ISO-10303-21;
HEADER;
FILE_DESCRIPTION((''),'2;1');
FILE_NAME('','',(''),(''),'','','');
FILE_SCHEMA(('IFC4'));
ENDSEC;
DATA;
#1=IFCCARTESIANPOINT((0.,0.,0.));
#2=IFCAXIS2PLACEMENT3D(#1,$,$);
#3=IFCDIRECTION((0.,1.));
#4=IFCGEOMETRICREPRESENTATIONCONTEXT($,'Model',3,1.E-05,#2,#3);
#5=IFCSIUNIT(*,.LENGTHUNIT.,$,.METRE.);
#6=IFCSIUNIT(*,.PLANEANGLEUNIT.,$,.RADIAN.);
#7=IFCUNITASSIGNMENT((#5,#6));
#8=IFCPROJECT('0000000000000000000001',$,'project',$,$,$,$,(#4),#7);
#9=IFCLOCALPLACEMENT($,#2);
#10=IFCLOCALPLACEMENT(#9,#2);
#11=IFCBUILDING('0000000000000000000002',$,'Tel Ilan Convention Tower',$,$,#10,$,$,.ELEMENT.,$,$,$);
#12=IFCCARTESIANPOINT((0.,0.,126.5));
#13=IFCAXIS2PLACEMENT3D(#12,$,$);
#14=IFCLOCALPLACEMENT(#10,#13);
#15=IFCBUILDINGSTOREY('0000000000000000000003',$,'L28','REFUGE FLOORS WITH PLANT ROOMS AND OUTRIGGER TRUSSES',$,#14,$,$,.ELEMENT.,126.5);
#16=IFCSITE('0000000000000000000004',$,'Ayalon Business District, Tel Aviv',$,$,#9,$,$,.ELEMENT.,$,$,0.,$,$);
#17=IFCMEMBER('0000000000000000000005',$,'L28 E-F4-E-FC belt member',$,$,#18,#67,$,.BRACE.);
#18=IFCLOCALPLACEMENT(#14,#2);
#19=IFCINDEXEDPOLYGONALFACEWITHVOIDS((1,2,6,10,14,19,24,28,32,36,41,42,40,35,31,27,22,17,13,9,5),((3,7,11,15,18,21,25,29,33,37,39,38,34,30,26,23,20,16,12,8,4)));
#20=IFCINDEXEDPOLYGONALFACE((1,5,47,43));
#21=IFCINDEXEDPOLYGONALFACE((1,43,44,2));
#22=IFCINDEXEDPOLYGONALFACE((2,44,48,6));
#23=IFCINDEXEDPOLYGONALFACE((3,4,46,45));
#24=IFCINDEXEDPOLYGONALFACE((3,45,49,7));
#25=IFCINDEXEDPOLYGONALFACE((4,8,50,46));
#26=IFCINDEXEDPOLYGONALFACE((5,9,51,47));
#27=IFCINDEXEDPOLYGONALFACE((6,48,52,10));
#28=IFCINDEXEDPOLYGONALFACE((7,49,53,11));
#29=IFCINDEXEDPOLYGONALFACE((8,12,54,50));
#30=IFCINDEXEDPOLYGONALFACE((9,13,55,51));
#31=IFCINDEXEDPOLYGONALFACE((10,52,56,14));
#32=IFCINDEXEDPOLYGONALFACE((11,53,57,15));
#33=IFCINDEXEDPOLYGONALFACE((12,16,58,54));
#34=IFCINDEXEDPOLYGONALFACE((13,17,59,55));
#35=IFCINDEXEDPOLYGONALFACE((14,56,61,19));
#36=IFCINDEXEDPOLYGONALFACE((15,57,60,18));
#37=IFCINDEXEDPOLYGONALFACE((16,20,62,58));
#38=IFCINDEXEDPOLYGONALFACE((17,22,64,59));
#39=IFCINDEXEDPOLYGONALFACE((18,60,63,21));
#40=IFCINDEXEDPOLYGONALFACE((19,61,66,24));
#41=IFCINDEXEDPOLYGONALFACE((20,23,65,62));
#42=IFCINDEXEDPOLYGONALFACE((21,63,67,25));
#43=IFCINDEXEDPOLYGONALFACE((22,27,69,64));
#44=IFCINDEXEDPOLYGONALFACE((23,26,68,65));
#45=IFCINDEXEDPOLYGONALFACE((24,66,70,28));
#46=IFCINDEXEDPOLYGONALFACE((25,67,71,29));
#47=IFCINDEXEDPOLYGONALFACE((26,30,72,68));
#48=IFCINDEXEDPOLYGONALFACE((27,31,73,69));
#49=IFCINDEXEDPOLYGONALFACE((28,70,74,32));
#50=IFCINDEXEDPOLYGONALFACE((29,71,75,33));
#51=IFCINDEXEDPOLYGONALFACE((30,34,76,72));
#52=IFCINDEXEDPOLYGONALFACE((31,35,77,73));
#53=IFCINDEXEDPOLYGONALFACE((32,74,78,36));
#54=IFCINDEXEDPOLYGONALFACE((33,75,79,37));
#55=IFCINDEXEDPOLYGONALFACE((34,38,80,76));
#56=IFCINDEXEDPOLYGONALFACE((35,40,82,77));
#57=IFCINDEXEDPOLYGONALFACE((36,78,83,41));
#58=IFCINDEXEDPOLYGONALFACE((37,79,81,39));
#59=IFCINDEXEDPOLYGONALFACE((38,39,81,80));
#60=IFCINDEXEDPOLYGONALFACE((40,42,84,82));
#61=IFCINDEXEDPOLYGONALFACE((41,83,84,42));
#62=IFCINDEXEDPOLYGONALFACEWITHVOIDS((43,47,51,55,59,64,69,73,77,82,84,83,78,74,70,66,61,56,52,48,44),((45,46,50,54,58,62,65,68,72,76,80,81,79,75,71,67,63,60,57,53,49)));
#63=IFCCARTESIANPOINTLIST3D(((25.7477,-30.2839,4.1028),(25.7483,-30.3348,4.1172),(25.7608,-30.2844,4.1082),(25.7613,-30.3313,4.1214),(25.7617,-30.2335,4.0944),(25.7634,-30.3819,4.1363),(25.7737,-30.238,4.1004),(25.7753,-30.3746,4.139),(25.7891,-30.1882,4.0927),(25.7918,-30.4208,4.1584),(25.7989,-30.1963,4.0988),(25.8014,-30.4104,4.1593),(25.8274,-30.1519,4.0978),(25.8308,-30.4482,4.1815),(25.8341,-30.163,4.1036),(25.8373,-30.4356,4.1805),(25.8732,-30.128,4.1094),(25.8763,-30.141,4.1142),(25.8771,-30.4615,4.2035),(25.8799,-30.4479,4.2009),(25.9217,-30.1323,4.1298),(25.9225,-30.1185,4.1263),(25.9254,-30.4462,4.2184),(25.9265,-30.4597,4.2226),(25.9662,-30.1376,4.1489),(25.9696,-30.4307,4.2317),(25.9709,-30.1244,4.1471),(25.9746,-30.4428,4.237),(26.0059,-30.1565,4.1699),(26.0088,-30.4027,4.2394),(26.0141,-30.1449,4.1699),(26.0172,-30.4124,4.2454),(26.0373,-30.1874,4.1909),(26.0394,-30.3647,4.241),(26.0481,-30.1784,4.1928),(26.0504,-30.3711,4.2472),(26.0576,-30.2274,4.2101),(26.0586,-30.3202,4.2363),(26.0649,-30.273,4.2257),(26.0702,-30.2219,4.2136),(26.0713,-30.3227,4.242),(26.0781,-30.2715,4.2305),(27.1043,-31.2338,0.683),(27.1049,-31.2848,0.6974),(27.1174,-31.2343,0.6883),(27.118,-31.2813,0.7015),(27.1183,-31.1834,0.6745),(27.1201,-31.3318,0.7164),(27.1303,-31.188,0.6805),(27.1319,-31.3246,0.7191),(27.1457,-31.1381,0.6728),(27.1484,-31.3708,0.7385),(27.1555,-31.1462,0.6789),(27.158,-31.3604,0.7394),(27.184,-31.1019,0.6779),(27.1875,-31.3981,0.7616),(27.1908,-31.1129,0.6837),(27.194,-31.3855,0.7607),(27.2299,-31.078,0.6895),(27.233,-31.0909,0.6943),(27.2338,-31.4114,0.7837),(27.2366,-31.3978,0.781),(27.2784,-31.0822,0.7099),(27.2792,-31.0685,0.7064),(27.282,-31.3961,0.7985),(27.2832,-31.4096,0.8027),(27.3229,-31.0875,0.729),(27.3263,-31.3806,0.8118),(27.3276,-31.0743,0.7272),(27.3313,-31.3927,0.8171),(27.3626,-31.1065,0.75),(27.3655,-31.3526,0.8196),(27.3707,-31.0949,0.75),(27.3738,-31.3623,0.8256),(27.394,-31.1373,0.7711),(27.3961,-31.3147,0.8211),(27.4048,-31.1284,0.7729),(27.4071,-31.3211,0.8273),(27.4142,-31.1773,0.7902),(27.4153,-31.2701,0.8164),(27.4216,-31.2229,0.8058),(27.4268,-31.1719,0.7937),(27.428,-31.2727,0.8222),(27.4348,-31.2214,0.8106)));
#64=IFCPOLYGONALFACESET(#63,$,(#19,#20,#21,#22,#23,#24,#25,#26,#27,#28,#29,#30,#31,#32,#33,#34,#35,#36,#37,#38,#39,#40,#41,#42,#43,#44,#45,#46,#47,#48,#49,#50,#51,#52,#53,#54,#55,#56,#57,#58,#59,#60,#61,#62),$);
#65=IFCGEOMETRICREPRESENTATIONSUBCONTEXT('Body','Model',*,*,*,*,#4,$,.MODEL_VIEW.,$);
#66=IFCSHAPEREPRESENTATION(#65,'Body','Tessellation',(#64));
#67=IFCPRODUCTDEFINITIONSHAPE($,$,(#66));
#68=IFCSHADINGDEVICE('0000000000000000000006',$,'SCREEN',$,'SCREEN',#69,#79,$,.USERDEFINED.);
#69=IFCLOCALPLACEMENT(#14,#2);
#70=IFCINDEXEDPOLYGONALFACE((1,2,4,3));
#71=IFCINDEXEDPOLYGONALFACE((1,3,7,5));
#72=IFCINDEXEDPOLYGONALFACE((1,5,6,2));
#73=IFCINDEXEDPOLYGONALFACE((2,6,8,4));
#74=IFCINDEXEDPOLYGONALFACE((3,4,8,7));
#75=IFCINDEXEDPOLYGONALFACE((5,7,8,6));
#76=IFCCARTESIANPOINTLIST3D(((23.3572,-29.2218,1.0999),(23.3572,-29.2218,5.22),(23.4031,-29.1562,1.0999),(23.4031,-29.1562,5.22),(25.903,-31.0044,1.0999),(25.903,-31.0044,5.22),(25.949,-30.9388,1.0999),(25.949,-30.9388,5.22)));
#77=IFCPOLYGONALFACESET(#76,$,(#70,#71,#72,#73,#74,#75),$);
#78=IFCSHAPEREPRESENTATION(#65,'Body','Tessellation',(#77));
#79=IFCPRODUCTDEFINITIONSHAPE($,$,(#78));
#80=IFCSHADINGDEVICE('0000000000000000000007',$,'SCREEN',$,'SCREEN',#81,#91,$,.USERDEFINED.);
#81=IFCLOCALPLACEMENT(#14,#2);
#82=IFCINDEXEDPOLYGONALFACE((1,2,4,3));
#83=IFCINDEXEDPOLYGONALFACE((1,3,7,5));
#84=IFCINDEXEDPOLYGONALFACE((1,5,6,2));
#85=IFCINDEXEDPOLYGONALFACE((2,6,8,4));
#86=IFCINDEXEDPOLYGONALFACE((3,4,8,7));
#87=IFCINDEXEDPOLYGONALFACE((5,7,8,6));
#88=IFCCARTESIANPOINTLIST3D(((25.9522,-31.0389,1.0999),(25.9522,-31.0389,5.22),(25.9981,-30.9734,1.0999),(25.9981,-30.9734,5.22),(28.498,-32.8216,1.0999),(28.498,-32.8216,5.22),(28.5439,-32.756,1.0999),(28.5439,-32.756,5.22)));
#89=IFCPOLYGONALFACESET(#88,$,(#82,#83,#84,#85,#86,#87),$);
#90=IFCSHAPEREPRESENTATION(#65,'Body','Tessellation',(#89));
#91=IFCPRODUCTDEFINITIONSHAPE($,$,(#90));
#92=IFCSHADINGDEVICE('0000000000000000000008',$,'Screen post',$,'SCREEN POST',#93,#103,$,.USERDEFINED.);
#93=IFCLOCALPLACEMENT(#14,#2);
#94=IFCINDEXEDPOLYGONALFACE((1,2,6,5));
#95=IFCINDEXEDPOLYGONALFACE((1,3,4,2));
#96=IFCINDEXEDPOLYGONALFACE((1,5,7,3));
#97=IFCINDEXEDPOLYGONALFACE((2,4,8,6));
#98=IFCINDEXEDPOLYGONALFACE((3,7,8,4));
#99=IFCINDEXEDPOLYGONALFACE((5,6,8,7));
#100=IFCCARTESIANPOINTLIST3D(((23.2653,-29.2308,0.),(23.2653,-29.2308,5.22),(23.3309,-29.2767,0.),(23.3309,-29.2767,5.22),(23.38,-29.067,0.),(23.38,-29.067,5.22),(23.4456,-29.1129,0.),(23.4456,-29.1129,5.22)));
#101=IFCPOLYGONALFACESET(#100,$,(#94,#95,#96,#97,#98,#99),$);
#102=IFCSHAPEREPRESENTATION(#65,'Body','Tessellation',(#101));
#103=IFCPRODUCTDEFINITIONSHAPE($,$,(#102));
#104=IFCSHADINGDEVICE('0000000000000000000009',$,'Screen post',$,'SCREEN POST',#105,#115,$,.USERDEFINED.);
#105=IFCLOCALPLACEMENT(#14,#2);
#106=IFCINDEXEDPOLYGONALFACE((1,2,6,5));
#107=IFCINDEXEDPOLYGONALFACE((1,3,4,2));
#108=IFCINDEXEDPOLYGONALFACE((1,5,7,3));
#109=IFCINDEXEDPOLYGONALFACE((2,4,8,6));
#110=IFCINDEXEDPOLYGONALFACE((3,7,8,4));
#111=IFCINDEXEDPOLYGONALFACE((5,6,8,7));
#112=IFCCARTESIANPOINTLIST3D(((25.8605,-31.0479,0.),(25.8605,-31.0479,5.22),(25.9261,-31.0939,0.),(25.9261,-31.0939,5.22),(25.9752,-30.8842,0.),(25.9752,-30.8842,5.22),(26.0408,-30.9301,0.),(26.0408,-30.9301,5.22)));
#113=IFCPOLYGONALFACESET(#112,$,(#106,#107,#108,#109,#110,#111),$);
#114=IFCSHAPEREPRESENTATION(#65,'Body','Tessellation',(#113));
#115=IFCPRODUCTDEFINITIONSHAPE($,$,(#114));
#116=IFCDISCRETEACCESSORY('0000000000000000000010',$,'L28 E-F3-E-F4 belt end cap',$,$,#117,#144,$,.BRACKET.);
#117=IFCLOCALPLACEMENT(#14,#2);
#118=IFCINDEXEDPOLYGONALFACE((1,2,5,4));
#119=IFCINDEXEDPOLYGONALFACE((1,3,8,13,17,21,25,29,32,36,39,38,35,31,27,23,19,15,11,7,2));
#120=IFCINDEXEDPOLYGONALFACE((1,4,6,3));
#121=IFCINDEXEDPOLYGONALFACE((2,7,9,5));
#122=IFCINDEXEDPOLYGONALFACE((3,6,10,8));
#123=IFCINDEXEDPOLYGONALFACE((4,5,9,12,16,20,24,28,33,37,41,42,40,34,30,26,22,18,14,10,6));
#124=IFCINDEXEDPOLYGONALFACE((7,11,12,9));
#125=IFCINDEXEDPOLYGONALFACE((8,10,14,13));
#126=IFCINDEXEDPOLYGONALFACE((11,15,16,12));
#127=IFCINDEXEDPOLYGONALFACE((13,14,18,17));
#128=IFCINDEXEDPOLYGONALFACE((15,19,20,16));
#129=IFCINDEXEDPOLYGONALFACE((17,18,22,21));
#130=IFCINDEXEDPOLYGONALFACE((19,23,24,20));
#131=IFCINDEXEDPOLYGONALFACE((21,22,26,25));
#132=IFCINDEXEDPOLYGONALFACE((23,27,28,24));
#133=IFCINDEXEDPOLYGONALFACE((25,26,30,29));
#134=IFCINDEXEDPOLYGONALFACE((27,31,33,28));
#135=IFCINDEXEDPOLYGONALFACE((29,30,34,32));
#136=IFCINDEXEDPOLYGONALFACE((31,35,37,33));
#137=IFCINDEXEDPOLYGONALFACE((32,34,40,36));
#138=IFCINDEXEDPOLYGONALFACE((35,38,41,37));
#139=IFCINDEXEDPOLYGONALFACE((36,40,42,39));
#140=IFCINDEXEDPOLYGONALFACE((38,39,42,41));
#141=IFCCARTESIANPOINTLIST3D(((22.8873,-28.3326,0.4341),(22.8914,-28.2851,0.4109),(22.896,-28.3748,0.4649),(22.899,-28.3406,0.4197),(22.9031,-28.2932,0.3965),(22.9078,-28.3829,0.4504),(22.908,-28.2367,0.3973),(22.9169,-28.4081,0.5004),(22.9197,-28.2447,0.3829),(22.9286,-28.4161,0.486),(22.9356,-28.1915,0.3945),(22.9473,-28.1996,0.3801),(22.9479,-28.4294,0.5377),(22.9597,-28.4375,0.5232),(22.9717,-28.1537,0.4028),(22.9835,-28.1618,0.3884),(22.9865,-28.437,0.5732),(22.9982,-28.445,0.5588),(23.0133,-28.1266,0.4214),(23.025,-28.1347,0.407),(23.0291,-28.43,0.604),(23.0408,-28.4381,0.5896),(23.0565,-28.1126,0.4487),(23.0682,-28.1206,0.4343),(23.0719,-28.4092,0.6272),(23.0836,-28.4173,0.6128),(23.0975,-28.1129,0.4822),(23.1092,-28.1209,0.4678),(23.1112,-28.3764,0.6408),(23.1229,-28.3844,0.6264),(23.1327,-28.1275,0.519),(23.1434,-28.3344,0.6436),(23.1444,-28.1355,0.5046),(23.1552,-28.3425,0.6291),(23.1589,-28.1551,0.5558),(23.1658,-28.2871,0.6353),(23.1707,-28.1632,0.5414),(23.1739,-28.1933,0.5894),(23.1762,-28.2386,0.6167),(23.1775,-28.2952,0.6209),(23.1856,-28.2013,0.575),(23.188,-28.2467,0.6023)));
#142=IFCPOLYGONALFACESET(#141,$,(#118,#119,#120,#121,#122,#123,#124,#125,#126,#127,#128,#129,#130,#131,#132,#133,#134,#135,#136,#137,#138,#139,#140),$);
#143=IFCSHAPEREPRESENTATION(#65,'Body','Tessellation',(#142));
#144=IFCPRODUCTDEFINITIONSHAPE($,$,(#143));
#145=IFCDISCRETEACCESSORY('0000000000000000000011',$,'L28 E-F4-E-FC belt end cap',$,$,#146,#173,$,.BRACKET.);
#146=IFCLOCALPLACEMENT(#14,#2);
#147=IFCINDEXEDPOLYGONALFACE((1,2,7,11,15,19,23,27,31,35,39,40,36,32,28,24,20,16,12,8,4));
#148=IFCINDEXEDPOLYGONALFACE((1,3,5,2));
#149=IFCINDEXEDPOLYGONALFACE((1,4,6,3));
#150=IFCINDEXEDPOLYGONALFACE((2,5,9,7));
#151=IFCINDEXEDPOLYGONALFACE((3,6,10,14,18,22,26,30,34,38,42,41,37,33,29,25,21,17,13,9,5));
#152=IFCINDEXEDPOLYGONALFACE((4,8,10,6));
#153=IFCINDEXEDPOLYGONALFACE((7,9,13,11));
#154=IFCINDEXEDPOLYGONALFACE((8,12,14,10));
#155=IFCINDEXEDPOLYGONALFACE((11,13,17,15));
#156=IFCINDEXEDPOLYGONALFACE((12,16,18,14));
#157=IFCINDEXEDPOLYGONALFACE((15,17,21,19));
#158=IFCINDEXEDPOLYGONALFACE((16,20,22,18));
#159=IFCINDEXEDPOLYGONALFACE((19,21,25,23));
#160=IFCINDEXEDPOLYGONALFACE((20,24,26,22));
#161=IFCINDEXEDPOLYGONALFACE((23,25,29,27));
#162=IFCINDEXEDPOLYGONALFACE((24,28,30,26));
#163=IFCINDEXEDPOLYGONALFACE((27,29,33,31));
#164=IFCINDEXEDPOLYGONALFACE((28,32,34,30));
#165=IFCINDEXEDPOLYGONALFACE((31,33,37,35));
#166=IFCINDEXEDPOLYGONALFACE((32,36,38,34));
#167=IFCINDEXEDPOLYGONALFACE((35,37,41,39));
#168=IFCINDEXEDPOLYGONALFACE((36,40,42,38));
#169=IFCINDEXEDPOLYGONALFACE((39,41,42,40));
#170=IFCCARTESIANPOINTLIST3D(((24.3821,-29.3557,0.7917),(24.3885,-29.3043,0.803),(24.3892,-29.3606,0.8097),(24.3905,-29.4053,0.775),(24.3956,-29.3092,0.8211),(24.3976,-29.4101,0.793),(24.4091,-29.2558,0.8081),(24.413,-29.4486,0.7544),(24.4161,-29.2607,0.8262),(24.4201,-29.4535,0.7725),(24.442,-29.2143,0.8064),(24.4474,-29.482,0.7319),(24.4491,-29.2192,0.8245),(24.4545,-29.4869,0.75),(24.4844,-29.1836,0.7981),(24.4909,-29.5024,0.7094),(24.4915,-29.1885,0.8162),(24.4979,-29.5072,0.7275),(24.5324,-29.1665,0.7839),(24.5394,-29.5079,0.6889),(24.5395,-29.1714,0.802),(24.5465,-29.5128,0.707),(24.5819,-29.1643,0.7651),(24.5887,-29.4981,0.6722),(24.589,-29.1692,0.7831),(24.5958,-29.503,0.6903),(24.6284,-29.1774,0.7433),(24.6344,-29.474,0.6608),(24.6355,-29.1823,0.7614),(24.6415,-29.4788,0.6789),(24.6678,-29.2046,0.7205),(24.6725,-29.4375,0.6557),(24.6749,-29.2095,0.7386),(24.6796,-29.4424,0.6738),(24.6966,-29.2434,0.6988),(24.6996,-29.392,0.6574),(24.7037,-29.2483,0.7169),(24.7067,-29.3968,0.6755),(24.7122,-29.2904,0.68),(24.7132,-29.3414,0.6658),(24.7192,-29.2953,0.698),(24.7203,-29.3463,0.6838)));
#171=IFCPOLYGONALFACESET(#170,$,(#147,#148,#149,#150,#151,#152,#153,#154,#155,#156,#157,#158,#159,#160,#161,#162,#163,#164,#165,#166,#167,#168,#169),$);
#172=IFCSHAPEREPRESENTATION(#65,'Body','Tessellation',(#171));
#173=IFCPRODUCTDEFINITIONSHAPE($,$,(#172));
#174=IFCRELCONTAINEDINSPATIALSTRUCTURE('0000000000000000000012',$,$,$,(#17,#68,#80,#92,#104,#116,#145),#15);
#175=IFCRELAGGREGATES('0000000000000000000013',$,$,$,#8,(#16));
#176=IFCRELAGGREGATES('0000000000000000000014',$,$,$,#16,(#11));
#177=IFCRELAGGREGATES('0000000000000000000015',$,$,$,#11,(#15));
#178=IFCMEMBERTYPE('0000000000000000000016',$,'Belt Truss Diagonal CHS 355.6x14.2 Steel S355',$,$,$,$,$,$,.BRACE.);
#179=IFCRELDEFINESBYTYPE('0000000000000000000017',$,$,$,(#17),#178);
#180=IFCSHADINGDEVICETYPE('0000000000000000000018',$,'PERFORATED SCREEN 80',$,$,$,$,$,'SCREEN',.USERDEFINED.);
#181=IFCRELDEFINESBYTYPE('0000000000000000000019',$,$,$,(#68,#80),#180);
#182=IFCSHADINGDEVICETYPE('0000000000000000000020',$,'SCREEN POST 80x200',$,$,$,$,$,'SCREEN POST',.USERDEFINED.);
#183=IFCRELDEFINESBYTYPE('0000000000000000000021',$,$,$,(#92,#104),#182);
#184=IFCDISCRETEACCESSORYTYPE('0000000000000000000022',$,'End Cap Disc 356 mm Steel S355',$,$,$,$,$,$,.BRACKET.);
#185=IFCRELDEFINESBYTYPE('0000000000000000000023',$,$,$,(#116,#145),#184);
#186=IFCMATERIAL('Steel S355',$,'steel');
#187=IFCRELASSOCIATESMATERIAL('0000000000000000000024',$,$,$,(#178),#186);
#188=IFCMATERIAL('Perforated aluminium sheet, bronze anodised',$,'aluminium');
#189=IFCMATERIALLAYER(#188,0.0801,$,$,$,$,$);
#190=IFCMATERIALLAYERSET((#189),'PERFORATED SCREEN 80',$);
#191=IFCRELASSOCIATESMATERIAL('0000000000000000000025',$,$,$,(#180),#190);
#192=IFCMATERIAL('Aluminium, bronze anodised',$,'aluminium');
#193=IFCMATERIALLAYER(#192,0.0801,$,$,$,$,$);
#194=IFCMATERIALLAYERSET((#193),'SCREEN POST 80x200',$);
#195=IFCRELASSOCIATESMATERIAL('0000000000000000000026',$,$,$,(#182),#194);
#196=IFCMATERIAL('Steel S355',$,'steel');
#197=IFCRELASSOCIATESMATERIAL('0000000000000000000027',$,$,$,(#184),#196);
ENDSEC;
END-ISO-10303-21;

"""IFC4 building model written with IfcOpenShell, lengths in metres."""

from ifc_helpers import new_model, si_unit, direction, frame, origin, origin_2d, place, context, subcontext, project, spatial, rectangle, circle, hollow_circle, extrude, material, layer, layer_set, material_profile, profile_set, type_object, element, save


model = new_model("IFC4")

# Units and contexts
model_context = context("Model", 3, precision=1e-05, world=origin(), true_north=direction((0.0, 1.0)))
body_context = subcontext(model_context, "Body", "Model", "MODEL_VIEW")
ifc_project = project(units=[si_unit("LENGTHUNIT", "METRE"), si_unit("PLANEANGLEUNIT", "RADIAN")], contexts=[model_context])

# Site, building, storey
site_placement = place(None, origin())
site = spatial("IfcSite", under=ifc_project, at=site_placement, Name="Ayalon Business District, Tel Aviv", CompositionType="ELEMENT", RefElevation=0.0)
building_placement = place(site_placement, origin())
building = spatial("IfcBuilding", under=site, at=building_placement, Name="Tel Ilan Convention Tower", CompositionType="ELEMENT")
storey_placement = place(building_placement, frame((0.0, 0.0, 126.5)))
storey = spatial("IfcBuildingStorey", under=building, at=storey_placement, Name="L28", Description="REFUGE FLOORS WITH PLANT ROOMS AND OUTRIGGER TRUSSES", CompositionType="ELEMENT", Elevation=126.5)

# Member
ifc_material_1 = material(Name="Steel S355", Category="steel")
ifc_material_profile_1 = material_profile(ifc_material_1, hollow_circle(Radius=0.1777, WallThickness=0.0142, at=origin_2d()), Name="CHS 355.6x14.2")
ifc_profile_set_1 = profile_set([ifc_material_profile_1], Name="Steel S355")
member_type_1 = type_object("IfcMemberType", Name="Belt Truss Diagonal CHS 355.6x14.2 Steel S355", PredefinedType="BRACE", material=ifc_profile_set_1)
for number, where, z_axis, x_axis, name in (
    (1, (25.9121, -30.2905, 4.1699), (0.357037, -0.249997, -0.900014), (0.573571, 0.819156, 0.0), "L28 E-F4-E-FC belt member"),
):
    element("IfcMember", number, at=place(storey_placement, frame(where, z_axis=z_axis, x_axis=x_axis)), inside=storey, type_object=member_type_1, Name=name, PredefinedType="BRACE", context=body_context, shape_type="SweptSolid", body=[
        extrude(hollow_circle(Radius=0.1777, WallThickness=0.0142, at=origin_2d()), origin(), (0.0, 0.0, 1.0), 3.7998),
    ])

# Shading devices
ifc_material_2 = material(Name="Perforated aluminium sheet, bronze anodised", Category="aluminium")
ifc_layer_1 = layer(ifc_material_2, 0.0801)
ifc_layer_set_1 = layer_set([ifc_layer_1], Name="PERFORATED SCREEN 80")
shading_device_type_1 = type_object("IfcShadingDeviceType", Name="PERFORATED SCREEN 80", ElementType="SCREEN", PredefinedType="USERDEFINED", material=ifc_layer_set_1)
for number, where, z_axis, x_axis, name in (
    (2, (24.6531, -30.0803, 1.0999), (0.0, 0.0, 1.0), (0.819152, -0.573576, 0.0), "SCREEN"),
    (3, (27.248, -31.8975, 1.0999), (0.0, 0.0, 1.0), (0.819152, -0.573576, 0.0), "SCREEN"),
):
    element("IfcShadingDevice", number, at=place(storey_placement, frame(where, z_axis=z_axis, x_axis=x_axis)), inside=storey, type_object=shading_device_type_1, Name=name, ObjectType="SCREEN", PredefinedType="USERDEFINED", context=body_context, shape_type="SweptSolid", body=[
        extrude(rectangle(XDim=3.1079, YDim=0.0801, at=origin_2d()), origin(), (0.0, 0.0, 1.0), 4.1201),
    ])
ifc_material_3 = material(Name="Aluminium, bronze anodised", Category="aluminium")
ifc_layer_2 = layer(ifc_material_3, 0.0801)
ifc_layer_set_2 = layer_set([ifc_layer_2], Name="SCREEN POST 80x200")
shading_device_type_2 = type_object("IfcShadingDeviceType", Name="SCREEN POST 80x200", ElementType="SCREEN POST", PredefinedType="USERDEFINED", material=ifc_layer_set_2)
for number, where, z_axis, x_axis, name in (
    (4, (23.3555, -29.1719, 0.0), (0.0, 0.0, 1.0), (0.819152, -0.573576, 0.0), "Screen post"),
    (5, (25.9507, -30.989, 0.0), (0.0, 0.0, 1.0), (0.819152, -0.573576, 0.0), "Screen post"),
):
    element("IfcShadingDevice", number, at=place(storey_placement, frame(where, z_axis=z_axis, x_axis=x_axis)), inside=storey, type_object=shading_device_type_2, Name=name, ObjectType="SCREEN POST", PredefinedType="USERDEFINED", context=body_context, shape_type="SweptSolid", body=[
        extrude(rectangle(XDim=0.0801, YDim=0.2, at=origin_2d()), origin(), (0.0, 0.0, 1.0), 5.22),
    ])

# Discrete accessories
ifc_material_4 = material(Name="Steel S355", Category="steel")
ifc_material_profile_2 = material_profile(ifc_material_4, circle(Radius=0.1777, at=origin_2d()), Name="End Cap Disc 356 mm Steel S355")
ifc_profile_set_2 = profile_set([ifc_material_profile_2], Name="Steel S355")
discrete_accessory_type_1 = type_object("IfcDiscreteAccessoryType", Name="End Cap Disc 356 mm Steel S355", PredefinedType="BRACKET", material=ifc_profile_set_2)
discrete_accessory_1_placement = place(storey_placement, frame((23.032, -28.2739, 0.519), z_axis=(0.578944, -0.398024, -0.711619), x_axis=(0.566529, 0.824042, 0.0)))
element("IfcDiscreteAccessory", 6, at=discrete_accessory_1_placement, inside=storey, type_object=discrete_accessory_type_1, Name="L28 E-F3-E-F4 belt end cap", PredefinedType="BRACKET", context=body_context, shape_type="SweptSolid", body=[
    extrude(circle(Radius=0.1777, at=origin_2d()), origin(), (0.0, 0.0, 1.0), 0.0203),
])
discrete_accessory_2_placement = place(storey_placement, frame((24.5554, -29.3406, 0.75), z_axis=(-0.353843, 0.244029, -0.902909), x_axis=(-0.567733, -0.823213, 0.0)))
element("IfcDiscreteAccessory", 7, at=discrete_accessory_2_placement, inside=storey, type_object=discrete_accessory_type_1, Name="L28 E-F4-E-FC belt end cap", PredefinedType="BRACKET", context=body_context, shape_type="SweptSolid", body=[
    extrude(circle(Radius=0.1777, at=origin_2d()), origin(), (0.0, 0.0, 1.0), 0.02),
])

save(model, "model.ifc")
